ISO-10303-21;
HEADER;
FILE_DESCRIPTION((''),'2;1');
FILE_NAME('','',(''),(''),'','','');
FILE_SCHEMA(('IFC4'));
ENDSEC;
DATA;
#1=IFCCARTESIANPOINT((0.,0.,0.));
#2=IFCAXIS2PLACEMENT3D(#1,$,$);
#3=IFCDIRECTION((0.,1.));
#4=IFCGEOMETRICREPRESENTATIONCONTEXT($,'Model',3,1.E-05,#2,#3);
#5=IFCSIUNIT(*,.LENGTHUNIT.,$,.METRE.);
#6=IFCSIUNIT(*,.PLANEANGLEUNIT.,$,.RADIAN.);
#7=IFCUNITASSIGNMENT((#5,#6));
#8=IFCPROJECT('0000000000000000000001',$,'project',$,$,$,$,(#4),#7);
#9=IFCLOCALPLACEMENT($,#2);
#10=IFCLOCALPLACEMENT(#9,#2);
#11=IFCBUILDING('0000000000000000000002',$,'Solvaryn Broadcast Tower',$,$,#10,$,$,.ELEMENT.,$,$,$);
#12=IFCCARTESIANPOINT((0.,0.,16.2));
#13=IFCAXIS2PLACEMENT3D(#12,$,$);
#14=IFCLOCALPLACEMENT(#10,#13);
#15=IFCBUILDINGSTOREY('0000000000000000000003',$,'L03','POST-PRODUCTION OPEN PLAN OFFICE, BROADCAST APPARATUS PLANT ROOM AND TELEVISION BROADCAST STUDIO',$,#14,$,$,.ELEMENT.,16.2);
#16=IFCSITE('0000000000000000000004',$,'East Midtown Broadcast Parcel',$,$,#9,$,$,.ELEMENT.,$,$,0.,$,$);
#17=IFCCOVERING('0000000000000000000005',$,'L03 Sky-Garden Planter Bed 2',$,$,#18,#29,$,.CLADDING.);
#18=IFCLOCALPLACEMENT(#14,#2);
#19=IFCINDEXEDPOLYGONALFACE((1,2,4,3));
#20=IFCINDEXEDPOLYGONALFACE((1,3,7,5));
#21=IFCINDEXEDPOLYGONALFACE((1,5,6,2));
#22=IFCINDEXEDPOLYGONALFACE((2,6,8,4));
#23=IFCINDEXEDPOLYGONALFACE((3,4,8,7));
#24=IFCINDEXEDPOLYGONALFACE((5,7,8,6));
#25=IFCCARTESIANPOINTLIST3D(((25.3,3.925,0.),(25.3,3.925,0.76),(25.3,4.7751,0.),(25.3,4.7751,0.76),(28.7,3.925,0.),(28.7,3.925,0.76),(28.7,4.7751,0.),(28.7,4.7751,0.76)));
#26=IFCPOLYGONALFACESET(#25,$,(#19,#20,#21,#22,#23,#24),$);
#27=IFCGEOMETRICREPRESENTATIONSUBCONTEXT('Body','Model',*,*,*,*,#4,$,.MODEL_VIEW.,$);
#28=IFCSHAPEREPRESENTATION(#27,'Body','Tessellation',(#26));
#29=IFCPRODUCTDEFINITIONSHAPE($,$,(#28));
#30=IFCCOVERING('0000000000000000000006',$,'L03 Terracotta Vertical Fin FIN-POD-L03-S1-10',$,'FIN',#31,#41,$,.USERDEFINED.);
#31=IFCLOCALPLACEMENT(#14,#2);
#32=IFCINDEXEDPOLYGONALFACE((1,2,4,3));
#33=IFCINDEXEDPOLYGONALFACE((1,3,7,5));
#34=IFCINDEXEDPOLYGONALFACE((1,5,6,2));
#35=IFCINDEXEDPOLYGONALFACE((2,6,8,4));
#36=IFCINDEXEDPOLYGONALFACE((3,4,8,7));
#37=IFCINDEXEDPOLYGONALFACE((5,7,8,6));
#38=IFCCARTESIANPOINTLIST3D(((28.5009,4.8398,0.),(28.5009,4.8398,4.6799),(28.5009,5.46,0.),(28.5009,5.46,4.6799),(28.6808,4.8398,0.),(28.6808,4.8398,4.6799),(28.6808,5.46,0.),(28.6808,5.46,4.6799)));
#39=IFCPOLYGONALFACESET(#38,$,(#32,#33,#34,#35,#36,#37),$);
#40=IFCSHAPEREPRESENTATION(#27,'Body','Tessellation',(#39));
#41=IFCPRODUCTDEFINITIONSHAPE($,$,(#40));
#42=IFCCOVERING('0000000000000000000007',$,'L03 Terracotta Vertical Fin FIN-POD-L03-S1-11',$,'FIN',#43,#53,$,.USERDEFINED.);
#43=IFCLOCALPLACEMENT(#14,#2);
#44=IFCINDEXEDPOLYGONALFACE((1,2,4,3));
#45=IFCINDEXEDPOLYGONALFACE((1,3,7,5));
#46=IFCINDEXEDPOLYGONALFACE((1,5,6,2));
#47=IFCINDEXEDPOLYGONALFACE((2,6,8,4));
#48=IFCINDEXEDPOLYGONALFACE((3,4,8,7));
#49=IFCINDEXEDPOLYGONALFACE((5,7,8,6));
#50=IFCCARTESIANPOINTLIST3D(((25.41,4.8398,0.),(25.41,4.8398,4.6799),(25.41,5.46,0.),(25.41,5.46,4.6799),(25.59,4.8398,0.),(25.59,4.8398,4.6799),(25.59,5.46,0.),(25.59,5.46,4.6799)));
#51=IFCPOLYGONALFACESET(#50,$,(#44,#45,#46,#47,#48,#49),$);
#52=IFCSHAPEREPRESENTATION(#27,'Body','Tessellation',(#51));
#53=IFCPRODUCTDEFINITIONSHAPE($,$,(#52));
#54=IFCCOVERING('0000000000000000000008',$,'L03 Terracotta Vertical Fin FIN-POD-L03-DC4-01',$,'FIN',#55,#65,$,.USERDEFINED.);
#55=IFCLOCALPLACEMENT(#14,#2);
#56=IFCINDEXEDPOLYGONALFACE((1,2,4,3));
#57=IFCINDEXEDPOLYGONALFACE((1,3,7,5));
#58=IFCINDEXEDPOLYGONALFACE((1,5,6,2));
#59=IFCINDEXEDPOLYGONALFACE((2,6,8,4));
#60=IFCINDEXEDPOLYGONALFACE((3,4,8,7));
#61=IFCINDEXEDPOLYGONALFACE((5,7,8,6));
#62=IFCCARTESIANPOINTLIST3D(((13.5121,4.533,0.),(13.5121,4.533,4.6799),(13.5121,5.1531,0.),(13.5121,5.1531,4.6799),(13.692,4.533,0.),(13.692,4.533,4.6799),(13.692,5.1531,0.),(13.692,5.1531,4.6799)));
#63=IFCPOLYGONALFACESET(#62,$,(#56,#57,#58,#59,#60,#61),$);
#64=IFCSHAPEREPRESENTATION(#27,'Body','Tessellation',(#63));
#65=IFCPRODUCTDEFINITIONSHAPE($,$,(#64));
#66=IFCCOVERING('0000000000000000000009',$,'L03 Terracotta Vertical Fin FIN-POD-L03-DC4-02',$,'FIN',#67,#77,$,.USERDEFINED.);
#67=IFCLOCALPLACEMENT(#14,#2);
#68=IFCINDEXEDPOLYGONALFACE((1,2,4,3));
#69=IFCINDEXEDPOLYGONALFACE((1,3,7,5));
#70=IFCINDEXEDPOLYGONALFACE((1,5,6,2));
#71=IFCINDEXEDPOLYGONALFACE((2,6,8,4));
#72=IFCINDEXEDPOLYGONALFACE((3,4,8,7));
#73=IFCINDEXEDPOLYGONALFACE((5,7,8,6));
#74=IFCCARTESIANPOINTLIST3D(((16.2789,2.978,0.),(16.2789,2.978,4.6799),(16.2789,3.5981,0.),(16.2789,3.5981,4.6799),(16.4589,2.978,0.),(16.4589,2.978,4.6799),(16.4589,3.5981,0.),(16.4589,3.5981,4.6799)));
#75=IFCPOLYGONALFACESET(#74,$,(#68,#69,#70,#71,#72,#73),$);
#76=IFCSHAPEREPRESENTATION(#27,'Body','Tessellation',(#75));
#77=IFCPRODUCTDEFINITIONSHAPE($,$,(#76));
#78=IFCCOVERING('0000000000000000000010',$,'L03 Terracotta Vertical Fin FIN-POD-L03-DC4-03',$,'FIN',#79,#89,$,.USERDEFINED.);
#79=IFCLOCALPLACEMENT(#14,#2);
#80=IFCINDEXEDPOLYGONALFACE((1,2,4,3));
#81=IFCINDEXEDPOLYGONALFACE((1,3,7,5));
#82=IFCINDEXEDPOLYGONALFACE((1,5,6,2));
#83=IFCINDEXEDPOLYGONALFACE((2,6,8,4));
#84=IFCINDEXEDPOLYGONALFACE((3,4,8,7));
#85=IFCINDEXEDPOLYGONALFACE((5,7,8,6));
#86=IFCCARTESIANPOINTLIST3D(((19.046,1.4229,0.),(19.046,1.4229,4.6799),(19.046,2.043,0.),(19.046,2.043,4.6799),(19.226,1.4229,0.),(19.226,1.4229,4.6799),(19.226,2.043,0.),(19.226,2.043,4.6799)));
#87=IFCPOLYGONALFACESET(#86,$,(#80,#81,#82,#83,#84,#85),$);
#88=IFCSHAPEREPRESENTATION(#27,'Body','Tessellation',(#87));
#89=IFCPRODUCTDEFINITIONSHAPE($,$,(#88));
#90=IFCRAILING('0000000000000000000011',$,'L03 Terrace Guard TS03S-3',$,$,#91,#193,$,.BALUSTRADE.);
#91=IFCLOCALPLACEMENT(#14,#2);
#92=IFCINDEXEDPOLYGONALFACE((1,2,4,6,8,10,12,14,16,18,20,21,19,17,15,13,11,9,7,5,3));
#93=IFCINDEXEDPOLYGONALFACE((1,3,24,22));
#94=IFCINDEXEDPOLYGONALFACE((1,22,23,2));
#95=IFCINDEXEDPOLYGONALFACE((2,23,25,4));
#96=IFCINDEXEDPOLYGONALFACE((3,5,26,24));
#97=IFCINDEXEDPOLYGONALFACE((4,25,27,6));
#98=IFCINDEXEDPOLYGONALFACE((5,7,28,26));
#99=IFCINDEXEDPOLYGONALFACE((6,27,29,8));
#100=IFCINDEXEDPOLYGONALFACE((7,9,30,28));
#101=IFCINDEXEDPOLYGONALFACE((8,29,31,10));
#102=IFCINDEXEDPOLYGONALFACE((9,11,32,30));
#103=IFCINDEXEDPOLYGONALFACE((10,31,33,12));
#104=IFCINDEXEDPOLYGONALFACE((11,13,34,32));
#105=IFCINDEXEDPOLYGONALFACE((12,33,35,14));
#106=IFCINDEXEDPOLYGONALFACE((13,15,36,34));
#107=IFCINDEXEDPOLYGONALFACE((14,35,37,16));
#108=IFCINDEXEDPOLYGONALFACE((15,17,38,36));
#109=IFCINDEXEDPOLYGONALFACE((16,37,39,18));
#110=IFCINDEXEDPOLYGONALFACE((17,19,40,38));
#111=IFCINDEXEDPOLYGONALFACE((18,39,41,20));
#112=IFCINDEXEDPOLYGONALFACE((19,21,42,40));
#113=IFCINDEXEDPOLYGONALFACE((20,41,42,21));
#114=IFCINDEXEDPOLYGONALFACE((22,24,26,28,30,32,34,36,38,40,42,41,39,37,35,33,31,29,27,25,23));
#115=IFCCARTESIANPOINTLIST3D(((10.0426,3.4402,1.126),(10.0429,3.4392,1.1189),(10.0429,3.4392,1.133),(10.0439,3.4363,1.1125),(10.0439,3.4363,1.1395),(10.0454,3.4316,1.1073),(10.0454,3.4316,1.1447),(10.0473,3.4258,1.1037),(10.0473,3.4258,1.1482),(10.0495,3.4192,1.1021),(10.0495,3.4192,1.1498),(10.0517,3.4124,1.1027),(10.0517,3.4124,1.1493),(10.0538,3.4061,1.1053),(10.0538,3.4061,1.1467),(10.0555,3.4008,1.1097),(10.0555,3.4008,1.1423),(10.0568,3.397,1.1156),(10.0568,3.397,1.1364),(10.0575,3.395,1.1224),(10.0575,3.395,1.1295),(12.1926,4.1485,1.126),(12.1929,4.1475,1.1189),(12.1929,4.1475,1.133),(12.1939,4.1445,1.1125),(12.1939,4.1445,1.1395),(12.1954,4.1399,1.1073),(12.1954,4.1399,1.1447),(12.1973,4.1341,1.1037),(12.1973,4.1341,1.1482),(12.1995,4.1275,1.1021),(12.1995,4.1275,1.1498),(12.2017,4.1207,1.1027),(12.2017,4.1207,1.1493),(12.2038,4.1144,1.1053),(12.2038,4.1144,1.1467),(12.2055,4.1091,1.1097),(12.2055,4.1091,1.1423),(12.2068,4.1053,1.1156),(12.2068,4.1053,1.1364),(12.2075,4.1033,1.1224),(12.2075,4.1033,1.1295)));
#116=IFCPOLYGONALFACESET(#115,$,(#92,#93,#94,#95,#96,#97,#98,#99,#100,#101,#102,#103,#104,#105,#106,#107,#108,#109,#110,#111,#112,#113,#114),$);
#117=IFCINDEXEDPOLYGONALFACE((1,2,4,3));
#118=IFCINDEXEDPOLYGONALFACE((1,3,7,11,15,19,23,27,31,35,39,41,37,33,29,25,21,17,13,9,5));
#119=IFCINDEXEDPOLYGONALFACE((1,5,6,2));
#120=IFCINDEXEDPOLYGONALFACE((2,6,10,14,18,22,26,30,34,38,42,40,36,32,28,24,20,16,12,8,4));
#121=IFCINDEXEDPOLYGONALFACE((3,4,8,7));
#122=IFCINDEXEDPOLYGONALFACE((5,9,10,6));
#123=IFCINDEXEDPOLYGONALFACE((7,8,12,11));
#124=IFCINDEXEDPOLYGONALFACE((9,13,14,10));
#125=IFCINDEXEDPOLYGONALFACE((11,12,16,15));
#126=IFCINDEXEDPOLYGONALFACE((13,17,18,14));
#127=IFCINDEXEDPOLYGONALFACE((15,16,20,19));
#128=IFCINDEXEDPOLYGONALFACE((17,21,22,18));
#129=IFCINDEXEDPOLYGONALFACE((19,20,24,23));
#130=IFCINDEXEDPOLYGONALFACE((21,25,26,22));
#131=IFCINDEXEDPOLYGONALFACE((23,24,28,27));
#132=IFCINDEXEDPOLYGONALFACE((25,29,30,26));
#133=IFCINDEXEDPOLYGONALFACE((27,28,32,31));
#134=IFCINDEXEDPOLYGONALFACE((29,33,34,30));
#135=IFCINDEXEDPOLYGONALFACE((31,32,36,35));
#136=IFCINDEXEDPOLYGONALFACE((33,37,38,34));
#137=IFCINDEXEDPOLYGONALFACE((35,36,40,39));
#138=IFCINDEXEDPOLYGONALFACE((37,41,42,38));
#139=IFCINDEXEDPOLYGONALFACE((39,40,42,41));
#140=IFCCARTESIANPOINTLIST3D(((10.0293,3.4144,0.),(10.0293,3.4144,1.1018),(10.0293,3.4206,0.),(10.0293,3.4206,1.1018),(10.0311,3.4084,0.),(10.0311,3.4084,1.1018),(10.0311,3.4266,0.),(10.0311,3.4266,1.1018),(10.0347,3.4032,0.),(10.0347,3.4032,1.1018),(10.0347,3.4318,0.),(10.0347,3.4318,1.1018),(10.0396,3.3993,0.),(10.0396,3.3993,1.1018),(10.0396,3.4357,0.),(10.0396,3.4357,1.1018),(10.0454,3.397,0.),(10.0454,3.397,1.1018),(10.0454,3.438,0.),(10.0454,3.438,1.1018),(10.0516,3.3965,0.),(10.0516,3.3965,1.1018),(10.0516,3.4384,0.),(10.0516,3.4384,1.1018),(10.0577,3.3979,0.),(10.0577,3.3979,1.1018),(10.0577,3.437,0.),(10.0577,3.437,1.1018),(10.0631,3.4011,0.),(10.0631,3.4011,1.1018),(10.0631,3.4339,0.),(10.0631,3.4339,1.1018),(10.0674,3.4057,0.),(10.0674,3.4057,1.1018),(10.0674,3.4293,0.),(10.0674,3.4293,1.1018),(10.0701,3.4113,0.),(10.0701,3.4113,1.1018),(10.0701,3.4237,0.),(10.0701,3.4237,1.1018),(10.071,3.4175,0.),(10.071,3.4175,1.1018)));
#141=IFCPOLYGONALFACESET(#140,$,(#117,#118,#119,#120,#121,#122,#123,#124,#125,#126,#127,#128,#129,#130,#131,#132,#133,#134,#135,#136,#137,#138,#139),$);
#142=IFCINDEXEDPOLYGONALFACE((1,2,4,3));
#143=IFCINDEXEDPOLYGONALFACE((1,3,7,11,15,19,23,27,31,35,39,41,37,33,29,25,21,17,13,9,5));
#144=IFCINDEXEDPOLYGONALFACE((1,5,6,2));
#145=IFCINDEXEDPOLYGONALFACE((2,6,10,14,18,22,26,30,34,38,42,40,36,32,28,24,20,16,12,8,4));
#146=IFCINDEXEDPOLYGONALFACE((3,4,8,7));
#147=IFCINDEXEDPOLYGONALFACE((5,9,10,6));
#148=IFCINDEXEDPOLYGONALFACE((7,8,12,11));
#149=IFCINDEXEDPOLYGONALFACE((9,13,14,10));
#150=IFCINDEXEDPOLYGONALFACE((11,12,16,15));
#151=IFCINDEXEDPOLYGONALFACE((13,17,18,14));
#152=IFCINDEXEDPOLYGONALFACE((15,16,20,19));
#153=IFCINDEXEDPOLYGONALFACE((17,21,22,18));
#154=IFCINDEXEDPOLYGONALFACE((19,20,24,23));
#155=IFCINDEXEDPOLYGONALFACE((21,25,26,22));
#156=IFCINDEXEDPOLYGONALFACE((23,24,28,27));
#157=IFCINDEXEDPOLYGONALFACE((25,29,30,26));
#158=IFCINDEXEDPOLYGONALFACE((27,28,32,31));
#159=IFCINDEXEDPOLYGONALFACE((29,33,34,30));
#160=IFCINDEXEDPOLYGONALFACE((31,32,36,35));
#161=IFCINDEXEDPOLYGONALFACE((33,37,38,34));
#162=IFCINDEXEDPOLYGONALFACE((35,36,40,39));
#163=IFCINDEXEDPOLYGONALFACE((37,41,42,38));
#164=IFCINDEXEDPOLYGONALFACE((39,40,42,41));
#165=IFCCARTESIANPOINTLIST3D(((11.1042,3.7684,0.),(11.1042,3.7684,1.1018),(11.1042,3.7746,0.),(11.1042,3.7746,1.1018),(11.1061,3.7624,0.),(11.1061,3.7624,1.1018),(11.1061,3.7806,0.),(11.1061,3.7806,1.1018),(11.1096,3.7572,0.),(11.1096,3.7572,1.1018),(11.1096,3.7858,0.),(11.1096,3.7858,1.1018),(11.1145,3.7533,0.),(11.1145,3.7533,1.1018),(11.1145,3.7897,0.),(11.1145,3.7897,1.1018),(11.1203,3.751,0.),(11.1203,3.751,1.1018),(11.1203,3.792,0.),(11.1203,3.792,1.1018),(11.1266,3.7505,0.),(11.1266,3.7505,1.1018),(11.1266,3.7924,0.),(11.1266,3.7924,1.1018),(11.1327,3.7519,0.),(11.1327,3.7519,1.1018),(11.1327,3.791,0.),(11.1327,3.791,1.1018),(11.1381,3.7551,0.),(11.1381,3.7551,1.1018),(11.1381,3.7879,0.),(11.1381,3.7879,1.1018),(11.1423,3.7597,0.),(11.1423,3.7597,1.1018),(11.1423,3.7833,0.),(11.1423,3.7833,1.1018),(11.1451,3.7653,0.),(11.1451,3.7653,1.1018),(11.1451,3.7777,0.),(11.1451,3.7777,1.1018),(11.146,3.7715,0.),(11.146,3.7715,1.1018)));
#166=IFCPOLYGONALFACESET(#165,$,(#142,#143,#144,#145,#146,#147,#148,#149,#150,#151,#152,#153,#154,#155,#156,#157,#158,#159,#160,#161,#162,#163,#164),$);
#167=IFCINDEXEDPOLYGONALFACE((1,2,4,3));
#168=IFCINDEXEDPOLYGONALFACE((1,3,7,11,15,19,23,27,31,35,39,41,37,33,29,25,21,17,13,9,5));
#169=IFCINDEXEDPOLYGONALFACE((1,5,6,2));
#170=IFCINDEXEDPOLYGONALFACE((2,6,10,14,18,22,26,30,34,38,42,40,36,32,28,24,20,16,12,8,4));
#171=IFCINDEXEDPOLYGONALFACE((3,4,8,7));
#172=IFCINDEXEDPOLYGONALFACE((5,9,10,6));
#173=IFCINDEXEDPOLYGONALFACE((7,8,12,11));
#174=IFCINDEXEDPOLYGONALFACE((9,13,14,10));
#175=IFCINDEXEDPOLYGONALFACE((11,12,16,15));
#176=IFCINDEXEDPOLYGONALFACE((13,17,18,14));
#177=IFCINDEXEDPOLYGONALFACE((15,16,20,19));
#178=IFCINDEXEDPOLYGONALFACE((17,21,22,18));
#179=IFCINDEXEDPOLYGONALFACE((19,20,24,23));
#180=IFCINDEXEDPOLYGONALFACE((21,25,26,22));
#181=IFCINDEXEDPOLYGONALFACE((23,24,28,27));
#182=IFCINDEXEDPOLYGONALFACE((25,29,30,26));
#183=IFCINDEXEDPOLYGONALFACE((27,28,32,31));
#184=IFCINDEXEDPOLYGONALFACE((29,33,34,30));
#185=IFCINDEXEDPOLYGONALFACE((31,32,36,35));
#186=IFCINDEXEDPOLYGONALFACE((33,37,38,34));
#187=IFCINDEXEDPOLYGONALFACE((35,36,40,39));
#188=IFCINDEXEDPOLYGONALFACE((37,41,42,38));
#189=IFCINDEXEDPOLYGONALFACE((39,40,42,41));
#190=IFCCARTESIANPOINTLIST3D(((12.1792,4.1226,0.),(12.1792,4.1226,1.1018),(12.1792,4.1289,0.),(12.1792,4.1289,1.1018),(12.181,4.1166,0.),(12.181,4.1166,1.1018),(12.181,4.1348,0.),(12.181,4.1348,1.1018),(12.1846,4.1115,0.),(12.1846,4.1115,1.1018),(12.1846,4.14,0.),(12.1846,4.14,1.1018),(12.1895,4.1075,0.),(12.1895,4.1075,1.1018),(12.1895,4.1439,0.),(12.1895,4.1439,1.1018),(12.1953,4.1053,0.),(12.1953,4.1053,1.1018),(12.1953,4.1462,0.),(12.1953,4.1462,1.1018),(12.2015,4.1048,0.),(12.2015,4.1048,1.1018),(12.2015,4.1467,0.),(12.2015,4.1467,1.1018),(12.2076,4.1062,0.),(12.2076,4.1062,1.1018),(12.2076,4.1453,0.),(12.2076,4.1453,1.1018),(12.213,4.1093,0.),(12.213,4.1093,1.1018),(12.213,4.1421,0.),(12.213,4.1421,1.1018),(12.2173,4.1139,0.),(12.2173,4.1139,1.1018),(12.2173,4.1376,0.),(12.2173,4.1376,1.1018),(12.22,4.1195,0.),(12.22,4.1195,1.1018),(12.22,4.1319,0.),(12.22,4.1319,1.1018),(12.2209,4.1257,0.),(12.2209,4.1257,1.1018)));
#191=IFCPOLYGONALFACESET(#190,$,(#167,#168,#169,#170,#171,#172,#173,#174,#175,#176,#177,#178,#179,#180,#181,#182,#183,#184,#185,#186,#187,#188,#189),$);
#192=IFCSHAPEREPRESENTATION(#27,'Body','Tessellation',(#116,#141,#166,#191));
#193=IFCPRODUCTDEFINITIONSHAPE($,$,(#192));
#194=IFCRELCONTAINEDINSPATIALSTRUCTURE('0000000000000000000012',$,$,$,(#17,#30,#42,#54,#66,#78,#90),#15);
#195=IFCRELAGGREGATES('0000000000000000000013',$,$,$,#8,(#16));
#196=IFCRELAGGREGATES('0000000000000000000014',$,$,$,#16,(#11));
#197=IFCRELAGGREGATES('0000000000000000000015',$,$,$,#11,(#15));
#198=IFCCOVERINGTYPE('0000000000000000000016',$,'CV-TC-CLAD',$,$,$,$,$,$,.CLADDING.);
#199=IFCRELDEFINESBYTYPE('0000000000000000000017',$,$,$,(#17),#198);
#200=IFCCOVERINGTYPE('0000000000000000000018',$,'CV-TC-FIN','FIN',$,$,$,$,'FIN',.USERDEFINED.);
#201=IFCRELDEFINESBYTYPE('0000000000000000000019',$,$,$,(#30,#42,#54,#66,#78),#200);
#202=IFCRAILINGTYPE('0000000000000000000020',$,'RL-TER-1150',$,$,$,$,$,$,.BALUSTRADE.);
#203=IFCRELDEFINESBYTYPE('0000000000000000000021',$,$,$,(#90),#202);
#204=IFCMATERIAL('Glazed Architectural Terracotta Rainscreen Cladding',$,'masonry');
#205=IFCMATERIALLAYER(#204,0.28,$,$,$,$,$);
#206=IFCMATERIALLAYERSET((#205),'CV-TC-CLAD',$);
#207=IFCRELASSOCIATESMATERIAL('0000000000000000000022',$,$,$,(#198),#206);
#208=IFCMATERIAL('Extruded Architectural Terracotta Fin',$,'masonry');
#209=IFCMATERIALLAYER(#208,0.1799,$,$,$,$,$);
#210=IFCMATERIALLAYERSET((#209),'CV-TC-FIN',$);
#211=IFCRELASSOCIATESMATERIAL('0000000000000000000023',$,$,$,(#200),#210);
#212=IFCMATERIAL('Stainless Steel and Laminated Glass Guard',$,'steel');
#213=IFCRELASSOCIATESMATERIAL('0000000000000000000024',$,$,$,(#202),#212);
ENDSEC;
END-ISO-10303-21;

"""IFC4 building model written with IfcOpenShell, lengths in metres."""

from ifc_helpers import new_model, si_unit, direction, frame, origin, origin_2d, place, context, subcontext, project, spatial, rectangle, circle, extrude, material, layer, layer_set, type_object, element, save


model = new_model("IFC4")

# Units and contexts
model_context = context("Model", 3, precision=1e-05, world=origin(), true_north=direction((0.0, 1.0)))
body_context = subcontext(model_context, "Body", "Model", "MODEL_VIEW")
ifc_project = project(units=[si_unit("LENGTHUNIT", "METRE"), si_unit("PLANEANGLEUNIT", "RADIAN")], contexts=[model_context])

# Site, building, storey
site_placement = place(None, origin())
site = spatial("IfcSite", under=ifc_project, at=site_placement, Name="East Midtown Broadcast Parcel", CompositionType="ELEMENT", RefElevation=0.0)
building_placement = place(site_placement, origin())
building = spatial("IfcBuilding", under=site, at=building_placement, Name="Solvaryn Broadcast Tower", CompositionType="ELEMENT")
storey_placement = place(building_placement, frame((0.0, 0.0, 16.2)))
storey = spatial("IfcBuildingStorey", under=building, at=storey_placement, Name="L03", Description="POST-PRODUCTION OPEN PLAN OFFICE, BROADCAST APPARATUS PLANT ROOM AND TELEVISION BROADCAST STUDIO", CompositionType="ELEMENT", Elevation=16.2)

# Coverings
ifc_material_1 = material(Name="Glazed Architectural Terracotta Rainscreen Cladding", Category="masonry")
ifc_layer_1 = layer(ifc_material_1, 0.28)
ifc_layer_set_1 = layer_set([ifc_layer_1], Name="CV-TC-CLAD")
covering_type_1 = type_object("IfcCoveringType", Name="CV-TC-CLAD", PredefinedType="CLADDING", material=ifc_layer_set_1)
for number, where, z_axis, x_axis, name in (
    (1, (27.0, 4.3501, 0.0), (0.0, 0.0, 1.0), (1.0, 0.0, 0.0), "L03 Sky-Garden Planter Bed 2"),
):
    element("IfcCovering", number, at=place(storey_placement, frame(where, z_axis=z_axis, x_axis=x_axis)), inside=storey, type_object=covering_type_1, Name=name, PredefinedType="CLADDING", context=body_context, shape_type="SweptSolid", body=[
        extrude(rectangle(XDim=3.3999, YDim=0.8501, at=origin_2d()), origin(), (0.0, 0.0, 1.0), 0.76),
    ])
ifc_material_2 = material(Name="Extruded Architectural Terracotta Fin", Category="masonry")
ifc_layer_2 = layer(ifc_material_2, 0.1799)
ifc_layer_set_2 = layer_set([ifc_layer_2], Name="CV-TC-FIN")
covering_type_2 = type_object("IfcCoveringType", Name="CV-TC-FIN", Description="FIN", ElementType="FIN", PredefinedType="USERDEFINED", material=ifc_layer_set_2)
for number, where, z_axis, x_axis, name in (
    (2, (28.5908, 5.1499, 0.0), (0.0, 0.0, 1.0), (1.0, 0.0, 0.0), "L03 Terracotta Vertical Fin FIN-POD-L03-S1-10"),
    (3, (25.5, 5.1499, 0.0), (0.0, 0.0, 1.0), (1.0, 0.0, 0.0), "L03 Terracotta Vertical Fin FIN-POD-L03-S1-11"),
    (4, (13.6021, 4.843, 0.0), (0.0, 0.0, 1.0), (1.0, 0.0, 0.0), "L03 Terracotta Vertical Fin FIN-POD-L03-DC4-01"),
    (5, (16.3689, 3.2881, 0.0), (0.0, 0.0, 1.0), (1.0, 0.0, 0.0), "L03 Terracotta Vertical Fin FIN-POD-L03-DC4-02"),
    (6, (19.136, 1.7329, 0.0), (0.0, 0.0, 1.0), (1.0, 0.0, 0.0), "L03 Terracotta Vertical Fin FIN-POD-L03-DC4-03"),
):
    element("IfcCovering", number, at=place(storey_placement, frame(where, z_axis=z_axis, x_axis=x_axis)), inside=storey, type_object=covering_type_2, Name=name, ObjectType="FIN", PredefinedType="USERDEFINED", context=body_context, shape_type="SweptSolid", body=[
        extrude(rectangle(XDim=0.1799, YDim=0.6201, at=origin_2d()), origin(), (0.0, 0.0, 1.0), 4.6799),
    ])

# Railing
ifc_material_3 = material(Name="Stainless Steel and Laminated Glass Guard", Category="steel")
railing_type = type_object("IfcRailingType", Name="RL-TER-1150", PredefinedType="BALUSTRADE", material=ifc_material_3)
railing_1_placement = place(storey_placement, frame((10.05, 3.4175, 0.0)))
element("IfcRailing", 7, at=railing_1_placement, inside=storey, type_object=railing_type, Name="L03 Terrace Guard TS03S-3", PredefinedType="BALUSTRADE", context=body_context, shape_type="SweptSolid", body=[
    extrude(circle(Radius=0.0239, at=origin_2d()), frame((0.0, 0.0, 1.126), z_axis=(0.949788, 0.312893, 0.0), x_axis=(-0.312893, 0.949788, 0.0)), (0.0, 0.0, 1.0), 2.2637),
    extrude(circle(Radius=0.021, at=origin_2d()), origin(), (0.0, 0.0, 1.0), 1.1018),
    extrude(circle(Radius=0.021, at=origin_2d()), frame((1.075, 0.354, 0.0)), (0.0, 0.0, 1.0), 1.1018),
    extrude(circle(Radius=0.021, at=origin_2d()), frame((2.1499, 0.7083, 0.0)), (0.0, 0.0, 1.0), 1.1018),
])

save(model, "model.ifc")
